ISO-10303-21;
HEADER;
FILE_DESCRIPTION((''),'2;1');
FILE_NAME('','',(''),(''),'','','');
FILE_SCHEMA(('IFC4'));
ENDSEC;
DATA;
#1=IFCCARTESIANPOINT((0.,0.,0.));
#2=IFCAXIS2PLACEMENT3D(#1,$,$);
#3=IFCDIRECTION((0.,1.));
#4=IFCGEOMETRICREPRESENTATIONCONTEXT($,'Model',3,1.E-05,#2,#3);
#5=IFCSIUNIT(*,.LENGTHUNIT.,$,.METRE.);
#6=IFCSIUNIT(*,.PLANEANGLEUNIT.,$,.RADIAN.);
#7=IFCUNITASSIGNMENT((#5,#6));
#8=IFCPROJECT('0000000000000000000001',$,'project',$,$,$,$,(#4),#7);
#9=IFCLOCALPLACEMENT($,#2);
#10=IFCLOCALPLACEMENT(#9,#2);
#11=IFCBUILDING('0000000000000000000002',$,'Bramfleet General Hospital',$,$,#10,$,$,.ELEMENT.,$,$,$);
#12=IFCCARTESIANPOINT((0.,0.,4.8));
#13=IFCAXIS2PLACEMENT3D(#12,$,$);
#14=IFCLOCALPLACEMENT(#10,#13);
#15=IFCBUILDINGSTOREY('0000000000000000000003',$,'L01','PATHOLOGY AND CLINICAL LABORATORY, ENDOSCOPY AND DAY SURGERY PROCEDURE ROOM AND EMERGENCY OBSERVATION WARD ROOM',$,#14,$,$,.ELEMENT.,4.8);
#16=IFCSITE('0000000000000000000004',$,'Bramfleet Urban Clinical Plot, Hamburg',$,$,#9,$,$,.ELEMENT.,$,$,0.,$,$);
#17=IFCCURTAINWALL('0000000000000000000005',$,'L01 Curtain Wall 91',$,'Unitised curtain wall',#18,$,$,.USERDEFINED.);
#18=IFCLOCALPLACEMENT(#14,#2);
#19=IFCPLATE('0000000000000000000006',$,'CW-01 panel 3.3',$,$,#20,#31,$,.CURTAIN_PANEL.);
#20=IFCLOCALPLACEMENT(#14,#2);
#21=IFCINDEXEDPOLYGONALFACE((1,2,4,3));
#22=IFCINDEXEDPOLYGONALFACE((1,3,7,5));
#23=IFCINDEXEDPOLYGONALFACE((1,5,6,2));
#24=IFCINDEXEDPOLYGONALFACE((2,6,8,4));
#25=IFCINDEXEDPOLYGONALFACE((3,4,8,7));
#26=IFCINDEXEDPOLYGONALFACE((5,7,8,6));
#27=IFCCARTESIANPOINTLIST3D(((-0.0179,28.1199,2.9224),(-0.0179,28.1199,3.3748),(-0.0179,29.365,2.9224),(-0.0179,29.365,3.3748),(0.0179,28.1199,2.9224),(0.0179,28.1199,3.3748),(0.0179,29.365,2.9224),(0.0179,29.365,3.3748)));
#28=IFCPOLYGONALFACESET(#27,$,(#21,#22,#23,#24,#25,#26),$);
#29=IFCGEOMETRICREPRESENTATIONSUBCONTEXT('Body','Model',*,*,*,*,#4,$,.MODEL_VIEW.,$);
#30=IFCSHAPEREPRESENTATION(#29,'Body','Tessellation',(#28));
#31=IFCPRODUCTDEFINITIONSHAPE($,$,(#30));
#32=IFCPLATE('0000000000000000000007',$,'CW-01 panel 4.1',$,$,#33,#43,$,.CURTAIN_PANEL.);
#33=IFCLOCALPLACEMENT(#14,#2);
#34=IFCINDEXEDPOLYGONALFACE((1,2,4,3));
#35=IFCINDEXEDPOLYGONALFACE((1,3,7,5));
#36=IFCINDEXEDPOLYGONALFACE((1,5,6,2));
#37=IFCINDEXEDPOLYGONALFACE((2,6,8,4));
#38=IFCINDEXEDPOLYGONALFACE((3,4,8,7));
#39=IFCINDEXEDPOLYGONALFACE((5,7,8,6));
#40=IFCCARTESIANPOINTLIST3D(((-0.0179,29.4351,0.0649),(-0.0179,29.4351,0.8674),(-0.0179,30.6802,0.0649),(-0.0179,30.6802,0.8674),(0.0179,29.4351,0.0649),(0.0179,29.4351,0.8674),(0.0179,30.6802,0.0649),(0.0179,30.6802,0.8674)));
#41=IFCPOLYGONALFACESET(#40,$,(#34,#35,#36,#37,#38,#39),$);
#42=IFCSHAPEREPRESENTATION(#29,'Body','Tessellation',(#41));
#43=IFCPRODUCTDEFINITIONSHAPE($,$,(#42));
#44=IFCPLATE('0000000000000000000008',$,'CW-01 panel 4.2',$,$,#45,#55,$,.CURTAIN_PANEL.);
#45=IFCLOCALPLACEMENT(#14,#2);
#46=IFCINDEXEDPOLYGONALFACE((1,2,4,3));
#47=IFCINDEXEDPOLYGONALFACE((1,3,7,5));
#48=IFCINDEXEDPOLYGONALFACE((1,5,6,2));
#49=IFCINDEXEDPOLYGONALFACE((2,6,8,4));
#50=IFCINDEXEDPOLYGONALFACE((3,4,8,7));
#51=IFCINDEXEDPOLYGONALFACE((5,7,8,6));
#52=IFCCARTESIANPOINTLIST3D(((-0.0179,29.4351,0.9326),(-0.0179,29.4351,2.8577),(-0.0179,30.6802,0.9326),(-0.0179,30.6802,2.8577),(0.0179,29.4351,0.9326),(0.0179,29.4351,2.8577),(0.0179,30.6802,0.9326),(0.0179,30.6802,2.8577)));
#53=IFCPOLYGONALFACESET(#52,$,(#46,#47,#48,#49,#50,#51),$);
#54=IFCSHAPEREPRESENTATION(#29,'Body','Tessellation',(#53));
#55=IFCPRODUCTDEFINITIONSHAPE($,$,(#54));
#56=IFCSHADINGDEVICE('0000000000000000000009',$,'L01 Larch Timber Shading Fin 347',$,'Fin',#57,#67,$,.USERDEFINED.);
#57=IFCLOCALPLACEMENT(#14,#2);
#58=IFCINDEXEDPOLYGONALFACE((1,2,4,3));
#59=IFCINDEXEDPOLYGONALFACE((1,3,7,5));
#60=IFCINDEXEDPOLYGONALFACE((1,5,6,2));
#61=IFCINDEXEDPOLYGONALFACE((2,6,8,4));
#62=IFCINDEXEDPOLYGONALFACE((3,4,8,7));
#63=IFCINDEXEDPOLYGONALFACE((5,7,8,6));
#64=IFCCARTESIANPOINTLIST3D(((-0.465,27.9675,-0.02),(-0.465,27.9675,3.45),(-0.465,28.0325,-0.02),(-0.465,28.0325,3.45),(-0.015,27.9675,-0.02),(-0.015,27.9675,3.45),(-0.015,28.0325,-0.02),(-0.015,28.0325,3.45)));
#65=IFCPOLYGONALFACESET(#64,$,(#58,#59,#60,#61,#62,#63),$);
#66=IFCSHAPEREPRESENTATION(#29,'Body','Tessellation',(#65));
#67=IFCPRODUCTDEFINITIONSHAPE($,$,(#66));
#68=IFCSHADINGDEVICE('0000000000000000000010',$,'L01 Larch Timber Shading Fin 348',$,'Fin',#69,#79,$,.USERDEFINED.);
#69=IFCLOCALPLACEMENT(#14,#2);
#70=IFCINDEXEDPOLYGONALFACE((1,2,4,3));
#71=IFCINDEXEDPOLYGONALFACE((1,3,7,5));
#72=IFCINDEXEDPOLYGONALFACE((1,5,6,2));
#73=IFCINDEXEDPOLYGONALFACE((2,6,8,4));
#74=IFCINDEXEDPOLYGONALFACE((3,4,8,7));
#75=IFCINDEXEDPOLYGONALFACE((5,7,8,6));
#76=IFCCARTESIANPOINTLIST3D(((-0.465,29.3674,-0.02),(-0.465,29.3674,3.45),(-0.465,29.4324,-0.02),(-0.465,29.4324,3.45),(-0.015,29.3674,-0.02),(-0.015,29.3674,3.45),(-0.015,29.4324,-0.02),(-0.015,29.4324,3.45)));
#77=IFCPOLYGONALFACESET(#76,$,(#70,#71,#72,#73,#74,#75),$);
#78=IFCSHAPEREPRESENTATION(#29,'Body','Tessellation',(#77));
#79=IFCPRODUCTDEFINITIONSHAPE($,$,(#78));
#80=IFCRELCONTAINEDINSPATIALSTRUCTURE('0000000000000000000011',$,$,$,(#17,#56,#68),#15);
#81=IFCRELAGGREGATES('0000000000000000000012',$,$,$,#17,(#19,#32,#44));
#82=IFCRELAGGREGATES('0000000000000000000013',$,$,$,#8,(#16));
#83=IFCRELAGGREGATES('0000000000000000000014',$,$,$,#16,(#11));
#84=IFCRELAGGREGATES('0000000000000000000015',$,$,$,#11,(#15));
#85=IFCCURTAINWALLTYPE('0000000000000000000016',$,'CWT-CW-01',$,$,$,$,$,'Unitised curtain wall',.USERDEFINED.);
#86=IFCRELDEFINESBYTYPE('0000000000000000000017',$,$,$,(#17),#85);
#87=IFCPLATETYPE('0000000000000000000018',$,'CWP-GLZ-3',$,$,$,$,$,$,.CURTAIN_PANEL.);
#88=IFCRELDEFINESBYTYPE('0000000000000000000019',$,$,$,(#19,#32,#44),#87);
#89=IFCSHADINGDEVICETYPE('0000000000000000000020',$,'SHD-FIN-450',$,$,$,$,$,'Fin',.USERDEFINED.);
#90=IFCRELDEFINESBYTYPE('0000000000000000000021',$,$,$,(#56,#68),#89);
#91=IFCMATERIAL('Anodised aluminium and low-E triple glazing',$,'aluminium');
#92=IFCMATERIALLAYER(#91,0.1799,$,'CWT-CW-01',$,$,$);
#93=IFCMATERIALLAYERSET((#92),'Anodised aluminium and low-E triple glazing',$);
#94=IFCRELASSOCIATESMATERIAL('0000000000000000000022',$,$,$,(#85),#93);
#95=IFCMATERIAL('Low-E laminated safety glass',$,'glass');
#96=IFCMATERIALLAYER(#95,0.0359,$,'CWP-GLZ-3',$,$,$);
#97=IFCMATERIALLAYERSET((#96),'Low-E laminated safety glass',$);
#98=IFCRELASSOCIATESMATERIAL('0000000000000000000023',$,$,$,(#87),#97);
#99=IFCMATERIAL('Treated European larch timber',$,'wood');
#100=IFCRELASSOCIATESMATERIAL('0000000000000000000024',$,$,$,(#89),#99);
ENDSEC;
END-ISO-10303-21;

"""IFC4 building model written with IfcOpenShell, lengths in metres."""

from ifc_helpers import new_model, si_unit, direction, frame, origin, origin_2d, place, context, subcontext, project, spatial, rectangle, extrude, material, layer, layer_set, material_profile, profile_set, type_object, element, aggregate, save


model = new_model("IFC4")

# Units and contexts
model_context = context("Model", 3, precision=1e-05, world=origin(), true_north=direction((0.0, 1.0)))
body_context = subcontext(model_context, "Body", "Model", "MODEL_VIEW")
ifc_project = project(units=[si_unit("LENGTHUNIT", "METRE"), si_unit("PLANEANGLEUNIT", "RADIAN")], contexts=[model_context])

# Site, building, storey
site_placement = place(None, origin())
site = spatial("IfcSite", under=ifc_project, at=site_placement, Name="Bramfleet Urban Clinical Plot, Hamburg", CompositionType="ELEMENT", RefElevation=0.0)
building_placement = place(site_placement, origin())
building = spatial("IfcBuilding", under=site, at=building_placement, Name="Bramfleet General Hospital", CompositionType="ELEMENT")
storey_placement = place(building_placement, frame((0.0, 0.0, 4.8)))
storey = spatial("IfcBuildingStorey", under=building, at=storey_placement, Name="L01", Description="PATHOLOGY AND CLINICAL LABORATORY, ENDOSCOPY AND DAY SURGERY PROCEDURE ROOM AND EMERGENCY OBSERVATION WARD ROOM", CompositionType="ELEMENT", Elevation=4.8)

# Curtain wall, plates
ifc_material_1 = material(Name="Anodised aluminium and low-E triple glazing", Category="aluminium")
ifc_layer_1 = layer(ifc_material_1, 0.1799, Name="CWT-CW-01")
ifc_layer_set_1 = layer_set([ifc_layer_1], Name="Anodised aluminium and low-E triple glazing")
curtain_wall_type = type_object("IfcCurtainWallType", Name="CWT-CW-01", ElementType="Unitised curtain wall", PredefinedType="USERDEFINED", material=ifc_layer_set_1)
curtain_wall_placement = place(storey_placement, origin())
curtain_wall = element("IfcCurtainWall", 1, at=curtain_wall_placement, inside=storey, type_object=curtain_wall_type, Name="L01 Curtain Wall 91", ObjectType="Unitised curtain wall", PredefinedType="USERDEFINED")
ifc_material_2 = material(Name="Low-E laminated safety glass", Category="glass")
ifc_layer_2 = layer(ifc_material_2, 0.0359, Name="CWP-GLZ-3")
ifc_layer_set_2 = layer_set([ifc_layer_2], Name="Low-E laminated safety glass")
plate_type = type_object("IfcPlateType", Name="CWP-GLZ-3", PredefinedType="CURTAIN_PANEL", material=ifc_layer_set_2)
plate_1_placement = place(storey_placement, frame((0.0, 28.7424, 2.9224), z_axis=(0.0, 0.0, 1.0), x_axis=(0.0, 1.0, 0.0)))
plate_1 = element("IfcPlate", 2, at=plate_1_placement, type_object=plate_type, Name="CW-01 panel 3.3", PredefinedType="CURTAIN_PANEL", context=body_context, shape_type="SweptSolid", body=[
    extrude(rectangle(XDim=1.2451, YDim=0.0359, at=origin_2d()), origin(), (0.0, 0.0, 1.0), 0.4524),
])
plate_2_placement = place(storey_placement, frame((0.0, 30.0576, 0.0649), z_axis=(0.0, 0.0, 1.0), x_axis=(0.0, 1.0, 0.0)))
plate_2 = element("IfcPlate", 3, at=plate_2_placement, type_object=plate_type, Name="CW-01 panel 4.1", PredefinedType="CURTAIN_PANEL", context=body_context, shape_type="SweptSolid", body=[
    extrude(rectangle(XDim=1.2451, YDim=0.0359, at=origin_2d()), origin(), (0.0, 0.0, 1.0), 0.8025),
])
plate_3_placement = place(storey_placement, frame((0.0, 30.0576, 0.9326), z_axis=(0.0, 0.0, 1.0), x_axis=(0.0, 1.0, 0.0)))
plate_3 = element("IfcPlate", 4, at=plate_3_placement, type_object=plate_type, Name="CW-01 panel 4.2", PredefinedType="CURTAIN_PANEL", context=body_context, shape_type="SweptSolid", body=[
    extrude(rectangle(XDim=1.2451, YDim=0.0359, at=origin_2d()), origin(), (0.0, 0.0, 1.0), 1.925),
])
aggregate(curtain_wall, [plate_1, plate_2, plate_3])

# Shading devices
ifc_material_3 = material(Name="Treated European larch timber", Category="wood")
ifc_material_profile_1 = material_profile(ifc_material_3, rectangle(XDim=0.0649, YDim=0.45, at=origin_2d()), Name="LARCH FIN 450x65")
ifc_profile_set_1 = profile_set([ifc_material_profile_1], Name="Treated European larch timber")
shading_device_type = type_object("IfcShadingDeviceType", Name="SHD-FIN-450", ElementType="Fin", PredefinedType="USERDEFINED", material=ifc_profile_set_1)
for number, where, z_axis, x_axis, name in (
    (5, (-0.24, 28.0, -0.02), (0.0, 0.0, 1.0), (0.0, 1.0, 0.0), "L01 Larch Timber Shading Fin 347"),
    (6, (-0.24, 29.3999, -0.02), (0.0, 0.0, 1.0), (0.0, 1.0, 0.0), "L01 Larch Timber Shading Fin 348"),
):
    element("IfcShadingDevice", number, at=place(storey_placement, frame(where, z_axis=z_axis, x_axis=x_axis)), inside=storey, type_object=shading_device_type, Name=name, ObjectType="Fin", PredefinedType="USERDEFINED", context=body_context, shape_type="SweptSolid", body=[
        extrude(rectangle(XDim=0.0649, YDim=0.45, at=origin_2d()), origin(), (0.0, 0.0, 1.0), 3.47),
    ])

save(model, "model.ifc")
